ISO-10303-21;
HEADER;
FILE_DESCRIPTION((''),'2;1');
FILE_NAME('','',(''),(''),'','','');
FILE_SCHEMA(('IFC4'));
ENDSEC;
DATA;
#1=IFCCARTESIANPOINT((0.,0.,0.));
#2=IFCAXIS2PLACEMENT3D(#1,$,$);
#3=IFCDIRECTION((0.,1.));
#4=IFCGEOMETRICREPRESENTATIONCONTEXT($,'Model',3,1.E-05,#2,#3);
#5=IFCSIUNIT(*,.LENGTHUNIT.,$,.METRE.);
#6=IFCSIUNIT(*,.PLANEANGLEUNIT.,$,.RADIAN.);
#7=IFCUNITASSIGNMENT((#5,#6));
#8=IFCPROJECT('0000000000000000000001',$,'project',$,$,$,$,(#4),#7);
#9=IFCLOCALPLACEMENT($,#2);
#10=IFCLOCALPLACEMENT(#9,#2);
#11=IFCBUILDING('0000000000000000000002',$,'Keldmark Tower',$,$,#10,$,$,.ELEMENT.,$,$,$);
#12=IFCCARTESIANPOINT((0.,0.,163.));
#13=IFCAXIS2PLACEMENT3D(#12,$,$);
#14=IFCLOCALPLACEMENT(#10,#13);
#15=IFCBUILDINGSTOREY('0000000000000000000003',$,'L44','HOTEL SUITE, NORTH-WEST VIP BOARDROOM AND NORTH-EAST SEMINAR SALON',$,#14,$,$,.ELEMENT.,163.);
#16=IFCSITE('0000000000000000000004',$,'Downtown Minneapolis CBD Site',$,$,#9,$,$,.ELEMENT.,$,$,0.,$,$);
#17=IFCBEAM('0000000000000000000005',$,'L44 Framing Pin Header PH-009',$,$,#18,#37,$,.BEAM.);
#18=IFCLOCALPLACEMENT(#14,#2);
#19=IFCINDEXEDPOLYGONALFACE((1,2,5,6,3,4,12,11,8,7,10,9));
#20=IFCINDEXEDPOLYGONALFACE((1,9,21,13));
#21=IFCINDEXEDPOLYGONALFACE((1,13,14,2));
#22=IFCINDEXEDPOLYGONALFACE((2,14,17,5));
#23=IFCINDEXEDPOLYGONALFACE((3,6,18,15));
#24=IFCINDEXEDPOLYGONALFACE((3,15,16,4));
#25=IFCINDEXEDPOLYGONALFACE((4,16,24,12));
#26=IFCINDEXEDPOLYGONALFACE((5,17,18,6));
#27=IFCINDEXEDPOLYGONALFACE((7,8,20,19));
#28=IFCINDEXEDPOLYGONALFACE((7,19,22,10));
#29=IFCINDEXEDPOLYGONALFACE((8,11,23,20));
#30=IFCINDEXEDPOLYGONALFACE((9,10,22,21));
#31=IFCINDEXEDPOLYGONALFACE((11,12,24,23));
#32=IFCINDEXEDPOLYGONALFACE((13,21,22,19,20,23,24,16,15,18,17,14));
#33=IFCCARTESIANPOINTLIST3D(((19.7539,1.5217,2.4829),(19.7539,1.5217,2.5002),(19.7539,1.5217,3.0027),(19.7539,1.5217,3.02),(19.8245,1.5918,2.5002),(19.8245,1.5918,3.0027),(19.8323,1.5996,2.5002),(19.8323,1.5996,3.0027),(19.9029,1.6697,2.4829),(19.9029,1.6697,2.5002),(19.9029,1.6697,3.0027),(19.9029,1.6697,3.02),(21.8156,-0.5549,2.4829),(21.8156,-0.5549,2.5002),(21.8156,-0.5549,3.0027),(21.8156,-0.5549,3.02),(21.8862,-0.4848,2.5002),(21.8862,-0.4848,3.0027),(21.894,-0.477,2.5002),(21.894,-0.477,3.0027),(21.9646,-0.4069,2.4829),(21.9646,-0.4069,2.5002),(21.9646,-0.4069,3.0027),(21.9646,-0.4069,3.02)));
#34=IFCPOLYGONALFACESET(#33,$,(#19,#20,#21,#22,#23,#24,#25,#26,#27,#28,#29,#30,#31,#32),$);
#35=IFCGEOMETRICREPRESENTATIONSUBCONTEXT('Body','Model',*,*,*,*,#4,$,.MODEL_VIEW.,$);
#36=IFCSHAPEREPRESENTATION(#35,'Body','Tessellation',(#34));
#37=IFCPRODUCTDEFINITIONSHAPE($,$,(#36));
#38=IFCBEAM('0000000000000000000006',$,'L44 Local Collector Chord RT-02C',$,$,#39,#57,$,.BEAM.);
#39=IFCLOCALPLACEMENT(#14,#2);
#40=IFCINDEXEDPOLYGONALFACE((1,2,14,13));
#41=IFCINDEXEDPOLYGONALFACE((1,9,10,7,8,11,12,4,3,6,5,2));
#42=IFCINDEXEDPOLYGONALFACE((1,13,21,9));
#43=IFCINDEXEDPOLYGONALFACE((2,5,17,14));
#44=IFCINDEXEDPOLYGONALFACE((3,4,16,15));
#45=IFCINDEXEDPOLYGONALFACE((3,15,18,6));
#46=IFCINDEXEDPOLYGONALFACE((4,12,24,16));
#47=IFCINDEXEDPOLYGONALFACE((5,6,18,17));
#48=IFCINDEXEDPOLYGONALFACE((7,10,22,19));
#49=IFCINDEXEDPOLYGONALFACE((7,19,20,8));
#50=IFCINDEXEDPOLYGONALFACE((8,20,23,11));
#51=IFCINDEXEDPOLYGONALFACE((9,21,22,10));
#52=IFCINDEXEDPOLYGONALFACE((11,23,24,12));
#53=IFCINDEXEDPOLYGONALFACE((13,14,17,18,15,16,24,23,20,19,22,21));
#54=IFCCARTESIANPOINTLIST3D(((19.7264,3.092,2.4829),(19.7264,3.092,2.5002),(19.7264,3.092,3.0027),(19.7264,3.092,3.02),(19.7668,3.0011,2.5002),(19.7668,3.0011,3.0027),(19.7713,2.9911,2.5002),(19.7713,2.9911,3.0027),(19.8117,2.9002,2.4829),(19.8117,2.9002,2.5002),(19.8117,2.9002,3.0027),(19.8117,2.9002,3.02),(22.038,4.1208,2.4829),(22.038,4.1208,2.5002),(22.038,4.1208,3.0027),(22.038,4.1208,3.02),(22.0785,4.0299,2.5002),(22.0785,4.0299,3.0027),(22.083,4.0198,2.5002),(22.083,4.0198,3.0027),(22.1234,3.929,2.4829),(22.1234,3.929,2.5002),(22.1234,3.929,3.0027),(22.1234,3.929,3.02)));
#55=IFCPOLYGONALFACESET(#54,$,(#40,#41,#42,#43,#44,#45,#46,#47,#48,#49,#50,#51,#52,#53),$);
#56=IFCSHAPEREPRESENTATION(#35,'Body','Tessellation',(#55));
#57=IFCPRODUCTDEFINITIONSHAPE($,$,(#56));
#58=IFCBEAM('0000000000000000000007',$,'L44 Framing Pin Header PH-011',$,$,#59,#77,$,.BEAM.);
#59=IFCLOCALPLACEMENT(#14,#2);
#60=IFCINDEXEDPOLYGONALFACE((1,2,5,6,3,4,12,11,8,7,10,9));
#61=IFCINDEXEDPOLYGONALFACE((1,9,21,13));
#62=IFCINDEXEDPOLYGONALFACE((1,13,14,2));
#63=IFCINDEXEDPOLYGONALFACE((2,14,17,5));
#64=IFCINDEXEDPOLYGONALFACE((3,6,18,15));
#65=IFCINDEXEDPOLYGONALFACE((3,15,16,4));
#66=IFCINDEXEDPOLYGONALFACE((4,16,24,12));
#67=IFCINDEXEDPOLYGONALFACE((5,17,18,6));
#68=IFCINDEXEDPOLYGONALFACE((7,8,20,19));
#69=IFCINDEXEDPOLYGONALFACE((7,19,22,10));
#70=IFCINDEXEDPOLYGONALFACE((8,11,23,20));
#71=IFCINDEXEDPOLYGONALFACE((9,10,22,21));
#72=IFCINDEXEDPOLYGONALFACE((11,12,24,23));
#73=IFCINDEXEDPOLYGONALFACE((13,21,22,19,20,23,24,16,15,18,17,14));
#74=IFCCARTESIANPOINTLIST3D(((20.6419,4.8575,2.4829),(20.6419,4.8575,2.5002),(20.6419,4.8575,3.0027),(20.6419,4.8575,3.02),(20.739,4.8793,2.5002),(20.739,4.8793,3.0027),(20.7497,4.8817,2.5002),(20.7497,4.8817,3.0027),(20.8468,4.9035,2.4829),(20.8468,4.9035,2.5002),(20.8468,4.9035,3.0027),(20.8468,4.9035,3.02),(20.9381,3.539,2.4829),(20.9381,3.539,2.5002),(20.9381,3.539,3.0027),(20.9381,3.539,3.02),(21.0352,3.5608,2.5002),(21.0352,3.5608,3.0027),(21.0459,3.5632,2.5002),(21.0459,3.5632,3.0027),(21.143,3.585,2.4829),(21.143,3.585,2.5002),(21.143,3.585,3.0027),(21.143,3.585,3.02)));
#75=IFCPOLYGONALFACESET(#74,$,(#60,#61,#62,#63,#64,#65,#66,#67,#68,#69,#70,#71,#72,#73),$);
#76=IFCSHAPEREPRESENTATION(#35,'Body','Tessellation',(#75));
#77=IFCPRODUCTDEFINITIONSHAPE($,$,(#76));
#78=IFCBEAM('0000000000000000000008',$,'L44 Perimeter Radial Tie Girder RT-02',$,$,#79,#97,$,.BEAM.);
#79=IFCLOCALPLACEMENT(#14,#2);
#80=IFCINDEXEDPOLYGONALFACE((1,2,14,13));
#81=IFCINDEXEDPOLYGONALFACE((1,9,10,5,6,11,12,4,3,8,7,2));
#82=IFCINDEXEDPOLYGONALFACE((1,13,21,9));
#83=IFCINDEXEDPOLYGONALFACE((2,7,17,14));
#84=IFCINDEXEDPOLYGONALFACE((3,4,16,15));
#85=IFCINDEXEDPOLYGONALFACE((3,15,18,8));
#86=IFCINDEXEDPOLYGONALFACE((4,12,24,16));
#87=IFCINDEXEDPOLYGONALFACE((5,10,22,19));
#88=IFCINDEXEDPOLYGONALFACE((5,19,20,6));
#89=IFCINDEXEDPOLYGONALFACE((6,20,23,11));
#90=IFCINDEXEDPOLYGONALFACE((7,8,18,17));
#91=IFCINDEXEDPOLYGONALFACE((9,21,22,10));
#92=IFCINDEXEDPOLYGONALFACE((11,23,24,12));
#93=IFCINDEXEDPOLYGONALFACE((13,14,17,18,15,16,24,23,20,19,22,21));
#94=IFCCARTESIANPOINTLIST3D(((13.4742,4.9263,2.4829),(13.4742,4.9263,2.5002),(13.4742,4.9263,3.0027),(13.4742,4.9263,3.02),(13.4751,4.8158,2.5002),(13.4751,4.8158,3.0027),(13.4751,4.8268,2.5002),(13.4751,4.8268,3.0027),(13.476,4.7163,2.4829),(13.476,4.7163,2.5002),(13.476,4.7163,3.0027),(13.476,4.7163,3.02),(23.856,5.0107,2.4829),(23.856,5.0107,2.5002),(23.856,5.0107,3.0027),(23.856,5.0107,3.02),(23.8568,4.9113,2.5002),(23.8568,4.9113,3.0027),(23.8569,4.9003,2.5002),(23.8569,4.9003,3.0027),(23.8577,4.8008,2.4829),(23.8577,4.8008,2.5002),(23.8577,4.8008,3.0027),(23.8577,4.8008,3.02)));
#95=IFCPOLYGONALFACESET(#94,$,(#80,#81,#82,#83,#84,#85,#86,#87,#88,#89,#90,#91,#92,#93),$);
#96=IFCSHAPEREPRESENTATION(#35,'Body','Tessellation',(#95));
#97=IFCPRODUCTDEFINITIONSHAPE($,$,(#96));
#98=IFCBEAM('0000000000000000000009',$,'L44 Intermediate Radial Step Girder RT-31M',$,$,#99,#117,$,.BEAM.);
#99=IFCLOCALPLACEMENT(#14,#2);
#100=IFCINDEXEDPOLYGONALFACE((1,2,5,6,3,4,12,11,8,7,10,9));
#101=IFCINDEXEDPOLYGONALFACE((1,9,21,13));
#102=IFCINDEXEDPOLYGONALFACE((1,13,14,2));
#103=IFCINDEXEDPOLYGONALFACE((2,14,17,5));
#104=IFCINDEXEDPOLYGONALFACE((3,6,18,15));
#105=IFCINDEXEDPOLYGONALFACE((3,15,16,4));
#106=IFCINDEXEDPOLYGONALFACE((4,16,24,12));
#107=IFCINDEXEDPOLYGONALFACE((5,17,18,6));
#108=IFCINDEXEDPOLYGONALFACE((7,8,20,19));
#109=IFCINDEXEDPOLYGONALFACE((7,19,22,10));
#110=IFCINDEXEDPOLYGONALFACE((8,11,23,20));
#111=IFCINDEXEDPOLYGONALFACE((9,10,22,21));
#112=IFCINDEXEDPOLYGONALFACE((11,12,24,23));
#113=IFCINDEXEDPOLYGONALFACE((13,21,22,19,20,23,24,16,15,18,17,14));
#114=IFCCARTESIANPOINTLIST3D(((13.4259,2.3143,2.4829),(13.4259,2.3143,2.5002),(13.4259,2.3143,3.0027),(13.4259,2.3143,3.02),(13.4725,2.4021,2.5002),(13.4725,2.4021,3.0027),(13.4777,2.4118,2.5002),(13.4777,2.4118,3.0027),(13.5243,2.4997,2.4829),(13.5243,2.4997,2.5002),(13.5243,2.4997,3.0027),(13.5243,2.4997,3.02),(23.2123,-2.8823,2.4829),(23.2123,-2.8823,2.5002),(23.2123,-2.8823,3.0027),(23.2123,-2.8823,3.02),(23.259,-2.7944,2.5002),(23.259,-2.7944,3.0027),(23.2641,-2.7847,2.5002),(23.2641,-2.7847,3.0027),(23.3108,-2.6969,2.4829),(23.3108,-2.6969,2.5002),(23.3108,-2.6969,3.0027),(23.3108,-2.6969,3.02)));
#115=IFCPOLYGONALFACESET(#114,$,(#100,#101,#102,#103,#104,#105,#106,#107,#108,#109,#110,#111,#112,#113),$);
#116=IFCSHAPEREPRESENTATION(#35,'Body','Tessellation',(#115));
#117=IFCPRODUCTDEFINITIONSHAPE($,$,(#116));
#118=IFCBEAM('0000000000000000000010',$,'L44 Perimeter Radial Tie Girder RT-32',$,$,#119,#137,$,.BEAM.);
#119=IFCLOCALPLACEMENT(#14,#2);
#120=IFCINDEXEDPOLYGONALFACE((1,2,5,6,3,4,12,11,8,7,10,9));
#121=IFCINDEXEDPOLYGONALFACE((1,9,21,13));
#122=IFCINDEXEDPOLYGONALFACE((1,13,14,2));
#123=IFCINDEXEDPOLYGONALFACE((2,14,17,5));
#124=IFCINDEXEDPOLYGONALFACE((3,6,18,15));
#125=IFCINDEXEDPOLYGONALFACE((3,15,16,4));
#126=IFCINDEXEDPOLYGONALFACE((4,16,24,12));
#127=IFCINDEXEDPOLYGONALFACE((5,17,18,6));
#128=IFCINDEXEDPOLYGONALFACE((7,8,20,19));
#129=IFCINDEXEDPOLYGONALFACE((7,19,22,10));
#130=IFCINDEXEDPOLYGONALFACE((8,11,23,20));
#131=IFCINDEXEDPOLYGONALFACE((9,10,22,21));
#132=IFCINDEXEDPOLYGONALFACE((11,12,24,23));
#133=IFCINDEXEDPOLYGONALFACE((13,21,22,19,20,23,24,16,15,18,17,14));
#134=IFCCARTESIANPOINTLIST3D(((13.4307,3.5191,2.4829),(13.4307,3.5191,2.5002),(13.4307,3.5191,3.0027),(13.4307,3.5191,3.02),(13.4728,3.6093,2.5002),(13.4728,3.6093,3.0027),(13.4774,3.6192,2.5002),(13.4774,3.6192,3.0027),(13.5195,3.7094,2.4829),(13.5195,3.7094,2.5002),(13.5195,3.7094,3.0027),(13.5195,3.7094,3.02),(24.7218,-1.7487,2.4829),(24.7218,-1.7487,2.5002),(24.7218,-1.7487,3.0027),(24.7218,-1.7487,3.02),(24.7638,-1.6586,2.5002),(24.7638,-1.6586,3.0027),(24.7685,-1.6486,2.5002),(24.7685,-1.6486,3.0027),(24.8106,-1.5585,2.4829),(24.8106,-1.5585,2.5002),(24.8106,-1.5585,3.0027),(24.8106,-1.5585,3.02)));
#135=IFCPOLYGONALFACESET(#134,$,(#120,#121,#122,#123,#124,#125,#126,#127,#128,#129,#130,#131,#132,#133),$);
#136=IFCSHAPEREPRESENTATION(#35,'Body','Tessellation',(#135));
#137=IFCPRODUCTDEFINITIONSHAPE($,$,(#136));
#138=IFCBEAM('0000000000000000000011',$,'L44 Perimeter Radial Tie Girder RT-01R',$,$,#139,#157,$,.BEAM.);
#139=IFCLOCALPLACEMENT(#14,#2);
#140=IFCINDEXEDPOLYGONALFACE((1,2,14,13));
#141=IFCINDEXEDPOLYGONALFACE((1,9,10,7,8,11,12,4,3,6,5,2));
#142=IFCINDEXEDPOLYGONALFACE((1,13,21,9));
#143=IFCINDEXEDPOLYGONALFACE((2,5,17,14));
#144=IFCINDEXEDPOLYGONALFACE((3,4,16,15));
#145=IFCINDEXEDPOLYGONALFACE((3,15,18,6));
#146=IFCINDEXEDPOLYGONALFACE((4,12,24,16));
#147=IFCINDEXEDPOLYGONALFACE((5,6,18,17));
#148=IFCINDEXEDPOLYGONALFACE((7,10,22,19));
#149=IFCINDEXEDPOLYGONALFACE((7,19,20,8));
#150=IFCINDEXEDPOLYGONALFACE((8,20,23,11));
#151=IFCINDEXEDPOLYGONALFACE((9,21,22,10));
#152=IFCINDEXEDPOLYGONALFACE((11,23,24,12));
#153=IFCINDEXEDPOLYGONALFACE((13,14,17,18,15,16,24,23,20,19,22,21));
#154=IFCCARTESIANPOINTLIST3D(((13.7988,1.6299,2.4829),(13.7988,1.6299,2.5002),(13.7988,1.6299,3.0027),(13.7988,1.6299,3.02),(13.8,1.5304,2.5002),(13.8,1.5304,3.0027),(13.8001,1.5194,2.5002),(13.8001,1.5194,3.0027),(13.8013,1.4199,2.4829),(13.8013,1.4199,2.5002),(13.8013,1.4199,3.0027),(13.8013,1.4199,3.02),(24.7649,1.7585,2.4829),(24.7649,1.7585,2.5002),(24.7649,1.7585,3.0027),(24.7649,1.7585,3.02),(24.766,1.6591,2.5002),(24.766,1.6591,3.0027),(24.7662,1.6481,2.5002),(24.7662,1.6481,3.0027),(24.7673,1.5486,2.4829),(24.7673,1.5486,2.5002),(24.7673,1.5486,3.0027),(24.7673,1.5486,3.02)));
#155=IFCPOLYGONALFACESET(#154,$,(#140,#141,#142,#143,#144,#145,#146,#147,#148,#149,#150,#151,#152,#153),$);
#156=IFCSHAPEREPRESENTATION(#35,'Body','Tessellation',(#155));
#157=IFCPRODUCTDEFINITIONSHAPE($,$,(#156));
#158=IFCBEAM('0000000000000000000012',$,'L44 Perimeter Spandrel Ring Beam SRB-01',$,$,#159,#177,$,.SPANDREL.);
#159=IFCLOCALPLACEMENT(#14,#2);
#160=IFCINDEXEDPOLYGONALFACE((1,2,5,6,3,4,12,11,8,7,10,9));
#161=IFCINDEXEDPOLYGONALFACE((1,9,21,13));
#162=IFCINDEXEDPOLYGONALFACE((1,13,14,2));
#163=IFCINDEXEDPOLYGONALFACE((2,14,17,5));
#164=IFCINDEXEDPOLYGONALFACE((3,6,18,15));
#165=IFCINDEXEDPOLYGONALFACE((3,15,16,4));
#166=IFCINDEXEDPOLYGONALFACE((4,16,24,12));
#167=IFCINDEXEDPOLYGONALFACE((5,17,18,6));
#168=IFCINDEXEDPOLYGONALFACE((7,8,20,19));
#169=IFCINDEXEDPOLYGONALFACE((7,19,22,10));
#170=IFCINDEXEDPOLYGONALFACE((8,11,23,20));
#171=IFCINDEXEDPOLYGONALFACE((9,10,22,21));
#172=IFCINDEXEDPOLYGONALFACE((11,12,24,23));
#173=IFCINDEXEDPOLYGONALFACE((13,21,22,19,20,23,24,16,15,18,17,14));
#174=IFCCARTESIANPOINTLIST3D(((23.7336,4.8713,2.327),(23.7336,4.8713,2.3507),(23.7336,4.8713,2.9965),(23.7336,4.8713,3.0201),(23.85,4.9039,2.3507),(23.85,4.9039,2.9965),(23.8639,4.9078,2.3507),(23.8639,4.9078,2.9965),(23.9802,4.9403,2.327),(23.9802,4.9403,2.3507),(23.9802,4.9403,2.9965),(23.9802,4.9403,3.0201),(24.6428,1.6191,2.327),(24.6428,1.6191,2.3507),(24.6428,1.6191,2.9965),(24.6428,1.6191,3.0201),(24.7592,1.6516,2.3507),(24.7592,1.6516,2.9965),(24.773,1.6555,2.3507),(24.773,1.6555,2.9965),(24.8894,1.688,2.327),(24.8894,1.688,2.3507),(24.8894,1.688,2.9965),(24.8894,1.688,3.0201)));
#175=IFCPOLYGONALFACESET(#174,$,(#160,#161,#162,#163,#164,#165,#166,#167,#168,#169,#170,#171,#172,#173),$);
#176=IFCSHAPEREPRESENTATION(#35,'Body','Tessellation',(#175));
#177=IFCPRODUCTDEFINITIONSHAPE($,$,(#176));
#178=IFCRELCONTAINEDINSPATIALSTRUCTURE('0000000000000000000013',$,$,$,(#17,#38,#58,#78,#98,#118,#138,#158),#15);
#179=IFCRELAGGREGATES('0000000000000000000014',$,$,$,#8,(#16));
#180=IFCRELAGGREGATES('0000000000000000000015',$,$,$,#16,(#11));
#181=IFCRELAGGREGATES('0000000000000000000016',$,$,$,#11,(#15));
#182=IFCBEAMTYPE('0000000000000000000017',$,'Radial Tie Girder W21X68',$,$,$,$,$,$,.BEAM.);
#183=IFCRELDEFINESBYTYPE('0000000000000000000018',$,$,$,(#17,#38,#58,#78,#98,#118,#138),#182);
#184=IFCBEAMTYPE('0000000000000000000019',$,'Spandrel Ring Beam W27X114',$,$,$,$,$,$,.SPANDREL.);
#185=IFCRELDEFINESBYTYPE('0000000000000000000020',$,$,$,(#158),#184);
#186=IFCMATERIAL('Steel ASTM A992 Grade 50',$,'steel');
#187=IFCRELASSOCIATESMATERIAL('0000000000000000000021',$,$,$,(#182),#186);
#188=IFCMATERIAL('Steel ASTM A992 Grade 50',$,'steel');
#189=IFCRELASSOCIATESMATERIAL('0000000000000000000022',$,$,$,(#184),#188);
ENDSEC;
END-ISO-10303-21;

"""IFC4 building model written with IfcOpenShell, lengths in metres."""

from ifc_helpers import new_model, si_unit, direction, frame, origin, origin_2d, place, context, subcontext, project, spatial, i_section, extrude, material, material_profile, profile_set, type_object, element, save


model = new_model("IFC4")

# Units and contexts
model_context = context("Model", 3, precision=1e-05, world=origin(), true_north=direction((0.0, 1.0)))
body_context = subcontext(model_context, "Body", "Model", "MODEL_VIEW")
ifc_project = project(units=[si_unit("LENGTHUNIT", "METRE"), si_unit("PLANEANGLEUNIT", "RADIAN")], contexts=[model_context])

# Site, building, storey
site_placement = place(None, origin())
site = spatial("IfcSite", under=ifc_project, at=site_placement, Name="Downtown Minneapolis CBD Site", CompositionType="ELEMENT", RefElevation=0.0)
building_placement = place(site_placement, origin())
building = spatial("IfcBuilding", under=site, at=building_placement, Name="Keldmark Tower", CompositionType="ELEMENT")
storey_placement = place(building_placement, frame((0.0, 0.0, 163.0)))
storey = spatial("IfcBuildingStorey", under=building, at=storey_placement, Name="L44", Description="HOTEL SUITE, NORTH-WEST VIP BOARDROOM AND NORTH-EAST SEMINAR SALON", CompositionType="ELEMENT", Elevation=163.0)

# Beams
ifc_material_1 = material(Name="Steel ASTM A992 Grade 50", Category="steel")
ifc_material_profile_1 = material_profile(ifc_material_1, i_section(OverallWidth=0.21, OverallDepth=0.5371, WebThickness=0.011, FlangeThickness=0.0173, at=origin_2d()), Name="W21X68")
ifc_profile_set_1 = profile_set([ifc_material_profile_1], Name="Steel ASTM A992 Grade 50")
beam_type_1 = type_object("IfcBeamType", Name="Radial Tie Girder W21X68", PredefinedType="BEAM", material=ifc_profile_set_1)
beam_1_placement = place(storey_placement, frame((19.8284, 1.5957, 2.7515), z_axis=(0.704558, -0.709647, 0.0), x_axis=(0.709647, 0.704558, 0.0)))
element("IfcBeam", 1, at=beam_1_placement, inside=storey, type_object=beam_type_1, Name="L44 Framing Pin Header PH-009", PredefinedType="BEAM", context=body_context, shape_type="SweptSolid", body=[
    extrude(i_section(OverallWidth=0.21, OverallDepth=0.5371, WebThickness=0.011, FlangeThickness=0.0173, at=origin_2d()), origin(), (0.0, 0.0, 1.0), 2.9263),
])
beam_2_placement = place(storey_placement, frame((19.769, 2.9961, 2.7515), z_axis=(0.913613, 0.406586, 0.0), x_axis=(-0.406586, 0.913613, 0.0)))
element("IfcBeam", 2, at=beam_2_placement, inside=storey, type_object=beam_type_1, Name="L44 Local Collector Chord RT-02C", PredefinedType="BEAM", context=body_context, shape_type="SweptSolid", body=[
    extrude(i_section(OverallWidth=0.21, OverallDepth=0.5371, WebThickness=0.011, FlangeThickness=0.0173, at=origin_2d()), origin(), (0.0, 0.0, 1.0), 2.5303),
])
beam_3_placement = place(storey_placement, frame((21.0405, 3.562, 2.7515), z_axis=(-0.219168, 0.975687, 0.0), x_axis=(-0.975687, -0.219168, 0.0)))
element("IfcBeam", 3, at=beam_3_placement, inside=storey, type_object=beam_type_1, Name="L44 Framing Pin Header PH-011", PredefinedType="BEAM", context=body_context, shape_type="SweptSolid", body=[
    extrude(i_section(OverallWidth=0.21, OverallDepth=0.5371, WebThickness=0.011, FlangeThickness=0.0173, at=origin_2d()), origin(), (0.0, 0.0, 1.0), 1.3513),
])
beam_4_placement = place(storey_placement, frame((13.4751, 4.8213, 2.7515), z_axis=(0.999967, 0.008136, 0.0), x_axis=(-0.008136, 0.999967, 0.0)))
element("IfcBeam", 4, at=beam_4_placement, inside=storey, type_object=beam_type_1, Name="L44 Perimeter Radial Tie Girder RT-02", PredefinedType="BEAM", context=body_context, shape_type="SweptSolid", body=[
    extrude(i_section(OverallWidth=0.21, OverallDepth=0.5371, WebThickness=0.011, FlangeThickness=0.0173, at=origin_2d()), origin(), (0.0, 0.0, 1.0), 10.3821),
])
beam_5_placement = place(storey_placement, frame((13.4751, 2.407, 2.7515), z_axis=(0.883208, -0.468981, 0.0), x_axis=(0.468981, 0.883208, 0.0)))
element("IfcBeam", 5, at=beam_5_placement, inside=storey, type_object=beam_type_1, Name="L44 Intermediate Radial Step Girder RT-31M", PredefinedType="BEAM", context=body_context, shape_type="SweptSolid", body=[
    extrude(i_section(OverallWidth=0.21, OverallDepth=0.5371, WebThickness=0.011, FlangeThickness=0.0173, at=origin_2d()), origin(), (0.0, 0.0, 1.0), 11.0806),
])
beam_6_placement = place(storey_placement, frame((13.4751, 3.6143, 2.7515), z_axis=(0.906224, -0.422799, 0.0), x_axis=(0.422799, 0.906224, 0.0)))
element("IfcBeam", 6, at=beam_6_placement, inside=storey, type_object=beam_type_1, Name="L44 Perimeter Radial Tie Girder RT-32", PredefinedType="BEAM", context=body_context, shape_type="SweptSolid", body=[
    extrude(i_section(OverallWidth=0.21, OverallDepth=0.5371, WebThickness=0.011, FlangeThickness=0.0173, at=origin_2d()), origin(), (0.0, 0.0, 1.0), 12.4595),
])
beam_7_placement = place(storey_placement, frame((13.8, 1.5249, 2.7515), z_axis=(0.999931, 0.011732, 0.0), x_axis=(-0.011732, 0.999931, 0.0)))
element("IfcBeam", 7, at=beam_7_placement, inside=storey, type_object=beam_type_1, Name="L44 Perimeter Radial Tie Girder RT-01R", PredefinedType="BEAM", context=body_context, shape_type="SweptSolid", body=[
    extrude(i_section(OverallWidth=0.21, OverallDepth=0.5371, WebThickness=0.011, FlangeThickness=0.0173, at=origin_2d()), origin(), (0.0, 0.0, 1.0), 10.9668),
])
ifc_material_2 = material(Name="Steel ASTM A992 Grade 50", Category="steel")
ifc_material_profile_2 = material_profile(ifc_material_2, i_section(OverallWidth=0.2561, OverallDepth=0.6931, WebThickness=0.0144, FlangeThickness=0.0237, at=origin_2d()), Name="W27X114")
ifc_profile_set_2 = profile_set([ifc_material_profile_2], Name="Steel ASTM A992 Grade 50")
beam_type_2 = type_object("IfcBeamType", Name="Spandrel Ring Beam W27X114", PredefinedType="SPANDREL", material=ifc_profile_set_2)
beam_8_placement = place(storey_placement, frame((24.7661, 1.6536, 2.6736), z_axis=(-0.269236, 0.963074, 0.0), x_axis=(-0.963074, -0.269236, 0.0)))
element("IfcBeam", 8, at=beam_8_placement, inside=storey, type_object=beam_type_2, Name="L44 Perimeter Spandrel Ring Beam SRB-01", PredefinedType="SPANDREL", context=body_context, shape_type="SweptSolid", body=[
    extrude(i_section(OverallWidth=0.2561, OverallDepth=0.6931, WebThickness=0.0144, FlangeThickness=0.0237, at=origin_2d()), origin(), (0.0, 0.0, 1.0), 3.377),
])

save(model, "model.ifc")
